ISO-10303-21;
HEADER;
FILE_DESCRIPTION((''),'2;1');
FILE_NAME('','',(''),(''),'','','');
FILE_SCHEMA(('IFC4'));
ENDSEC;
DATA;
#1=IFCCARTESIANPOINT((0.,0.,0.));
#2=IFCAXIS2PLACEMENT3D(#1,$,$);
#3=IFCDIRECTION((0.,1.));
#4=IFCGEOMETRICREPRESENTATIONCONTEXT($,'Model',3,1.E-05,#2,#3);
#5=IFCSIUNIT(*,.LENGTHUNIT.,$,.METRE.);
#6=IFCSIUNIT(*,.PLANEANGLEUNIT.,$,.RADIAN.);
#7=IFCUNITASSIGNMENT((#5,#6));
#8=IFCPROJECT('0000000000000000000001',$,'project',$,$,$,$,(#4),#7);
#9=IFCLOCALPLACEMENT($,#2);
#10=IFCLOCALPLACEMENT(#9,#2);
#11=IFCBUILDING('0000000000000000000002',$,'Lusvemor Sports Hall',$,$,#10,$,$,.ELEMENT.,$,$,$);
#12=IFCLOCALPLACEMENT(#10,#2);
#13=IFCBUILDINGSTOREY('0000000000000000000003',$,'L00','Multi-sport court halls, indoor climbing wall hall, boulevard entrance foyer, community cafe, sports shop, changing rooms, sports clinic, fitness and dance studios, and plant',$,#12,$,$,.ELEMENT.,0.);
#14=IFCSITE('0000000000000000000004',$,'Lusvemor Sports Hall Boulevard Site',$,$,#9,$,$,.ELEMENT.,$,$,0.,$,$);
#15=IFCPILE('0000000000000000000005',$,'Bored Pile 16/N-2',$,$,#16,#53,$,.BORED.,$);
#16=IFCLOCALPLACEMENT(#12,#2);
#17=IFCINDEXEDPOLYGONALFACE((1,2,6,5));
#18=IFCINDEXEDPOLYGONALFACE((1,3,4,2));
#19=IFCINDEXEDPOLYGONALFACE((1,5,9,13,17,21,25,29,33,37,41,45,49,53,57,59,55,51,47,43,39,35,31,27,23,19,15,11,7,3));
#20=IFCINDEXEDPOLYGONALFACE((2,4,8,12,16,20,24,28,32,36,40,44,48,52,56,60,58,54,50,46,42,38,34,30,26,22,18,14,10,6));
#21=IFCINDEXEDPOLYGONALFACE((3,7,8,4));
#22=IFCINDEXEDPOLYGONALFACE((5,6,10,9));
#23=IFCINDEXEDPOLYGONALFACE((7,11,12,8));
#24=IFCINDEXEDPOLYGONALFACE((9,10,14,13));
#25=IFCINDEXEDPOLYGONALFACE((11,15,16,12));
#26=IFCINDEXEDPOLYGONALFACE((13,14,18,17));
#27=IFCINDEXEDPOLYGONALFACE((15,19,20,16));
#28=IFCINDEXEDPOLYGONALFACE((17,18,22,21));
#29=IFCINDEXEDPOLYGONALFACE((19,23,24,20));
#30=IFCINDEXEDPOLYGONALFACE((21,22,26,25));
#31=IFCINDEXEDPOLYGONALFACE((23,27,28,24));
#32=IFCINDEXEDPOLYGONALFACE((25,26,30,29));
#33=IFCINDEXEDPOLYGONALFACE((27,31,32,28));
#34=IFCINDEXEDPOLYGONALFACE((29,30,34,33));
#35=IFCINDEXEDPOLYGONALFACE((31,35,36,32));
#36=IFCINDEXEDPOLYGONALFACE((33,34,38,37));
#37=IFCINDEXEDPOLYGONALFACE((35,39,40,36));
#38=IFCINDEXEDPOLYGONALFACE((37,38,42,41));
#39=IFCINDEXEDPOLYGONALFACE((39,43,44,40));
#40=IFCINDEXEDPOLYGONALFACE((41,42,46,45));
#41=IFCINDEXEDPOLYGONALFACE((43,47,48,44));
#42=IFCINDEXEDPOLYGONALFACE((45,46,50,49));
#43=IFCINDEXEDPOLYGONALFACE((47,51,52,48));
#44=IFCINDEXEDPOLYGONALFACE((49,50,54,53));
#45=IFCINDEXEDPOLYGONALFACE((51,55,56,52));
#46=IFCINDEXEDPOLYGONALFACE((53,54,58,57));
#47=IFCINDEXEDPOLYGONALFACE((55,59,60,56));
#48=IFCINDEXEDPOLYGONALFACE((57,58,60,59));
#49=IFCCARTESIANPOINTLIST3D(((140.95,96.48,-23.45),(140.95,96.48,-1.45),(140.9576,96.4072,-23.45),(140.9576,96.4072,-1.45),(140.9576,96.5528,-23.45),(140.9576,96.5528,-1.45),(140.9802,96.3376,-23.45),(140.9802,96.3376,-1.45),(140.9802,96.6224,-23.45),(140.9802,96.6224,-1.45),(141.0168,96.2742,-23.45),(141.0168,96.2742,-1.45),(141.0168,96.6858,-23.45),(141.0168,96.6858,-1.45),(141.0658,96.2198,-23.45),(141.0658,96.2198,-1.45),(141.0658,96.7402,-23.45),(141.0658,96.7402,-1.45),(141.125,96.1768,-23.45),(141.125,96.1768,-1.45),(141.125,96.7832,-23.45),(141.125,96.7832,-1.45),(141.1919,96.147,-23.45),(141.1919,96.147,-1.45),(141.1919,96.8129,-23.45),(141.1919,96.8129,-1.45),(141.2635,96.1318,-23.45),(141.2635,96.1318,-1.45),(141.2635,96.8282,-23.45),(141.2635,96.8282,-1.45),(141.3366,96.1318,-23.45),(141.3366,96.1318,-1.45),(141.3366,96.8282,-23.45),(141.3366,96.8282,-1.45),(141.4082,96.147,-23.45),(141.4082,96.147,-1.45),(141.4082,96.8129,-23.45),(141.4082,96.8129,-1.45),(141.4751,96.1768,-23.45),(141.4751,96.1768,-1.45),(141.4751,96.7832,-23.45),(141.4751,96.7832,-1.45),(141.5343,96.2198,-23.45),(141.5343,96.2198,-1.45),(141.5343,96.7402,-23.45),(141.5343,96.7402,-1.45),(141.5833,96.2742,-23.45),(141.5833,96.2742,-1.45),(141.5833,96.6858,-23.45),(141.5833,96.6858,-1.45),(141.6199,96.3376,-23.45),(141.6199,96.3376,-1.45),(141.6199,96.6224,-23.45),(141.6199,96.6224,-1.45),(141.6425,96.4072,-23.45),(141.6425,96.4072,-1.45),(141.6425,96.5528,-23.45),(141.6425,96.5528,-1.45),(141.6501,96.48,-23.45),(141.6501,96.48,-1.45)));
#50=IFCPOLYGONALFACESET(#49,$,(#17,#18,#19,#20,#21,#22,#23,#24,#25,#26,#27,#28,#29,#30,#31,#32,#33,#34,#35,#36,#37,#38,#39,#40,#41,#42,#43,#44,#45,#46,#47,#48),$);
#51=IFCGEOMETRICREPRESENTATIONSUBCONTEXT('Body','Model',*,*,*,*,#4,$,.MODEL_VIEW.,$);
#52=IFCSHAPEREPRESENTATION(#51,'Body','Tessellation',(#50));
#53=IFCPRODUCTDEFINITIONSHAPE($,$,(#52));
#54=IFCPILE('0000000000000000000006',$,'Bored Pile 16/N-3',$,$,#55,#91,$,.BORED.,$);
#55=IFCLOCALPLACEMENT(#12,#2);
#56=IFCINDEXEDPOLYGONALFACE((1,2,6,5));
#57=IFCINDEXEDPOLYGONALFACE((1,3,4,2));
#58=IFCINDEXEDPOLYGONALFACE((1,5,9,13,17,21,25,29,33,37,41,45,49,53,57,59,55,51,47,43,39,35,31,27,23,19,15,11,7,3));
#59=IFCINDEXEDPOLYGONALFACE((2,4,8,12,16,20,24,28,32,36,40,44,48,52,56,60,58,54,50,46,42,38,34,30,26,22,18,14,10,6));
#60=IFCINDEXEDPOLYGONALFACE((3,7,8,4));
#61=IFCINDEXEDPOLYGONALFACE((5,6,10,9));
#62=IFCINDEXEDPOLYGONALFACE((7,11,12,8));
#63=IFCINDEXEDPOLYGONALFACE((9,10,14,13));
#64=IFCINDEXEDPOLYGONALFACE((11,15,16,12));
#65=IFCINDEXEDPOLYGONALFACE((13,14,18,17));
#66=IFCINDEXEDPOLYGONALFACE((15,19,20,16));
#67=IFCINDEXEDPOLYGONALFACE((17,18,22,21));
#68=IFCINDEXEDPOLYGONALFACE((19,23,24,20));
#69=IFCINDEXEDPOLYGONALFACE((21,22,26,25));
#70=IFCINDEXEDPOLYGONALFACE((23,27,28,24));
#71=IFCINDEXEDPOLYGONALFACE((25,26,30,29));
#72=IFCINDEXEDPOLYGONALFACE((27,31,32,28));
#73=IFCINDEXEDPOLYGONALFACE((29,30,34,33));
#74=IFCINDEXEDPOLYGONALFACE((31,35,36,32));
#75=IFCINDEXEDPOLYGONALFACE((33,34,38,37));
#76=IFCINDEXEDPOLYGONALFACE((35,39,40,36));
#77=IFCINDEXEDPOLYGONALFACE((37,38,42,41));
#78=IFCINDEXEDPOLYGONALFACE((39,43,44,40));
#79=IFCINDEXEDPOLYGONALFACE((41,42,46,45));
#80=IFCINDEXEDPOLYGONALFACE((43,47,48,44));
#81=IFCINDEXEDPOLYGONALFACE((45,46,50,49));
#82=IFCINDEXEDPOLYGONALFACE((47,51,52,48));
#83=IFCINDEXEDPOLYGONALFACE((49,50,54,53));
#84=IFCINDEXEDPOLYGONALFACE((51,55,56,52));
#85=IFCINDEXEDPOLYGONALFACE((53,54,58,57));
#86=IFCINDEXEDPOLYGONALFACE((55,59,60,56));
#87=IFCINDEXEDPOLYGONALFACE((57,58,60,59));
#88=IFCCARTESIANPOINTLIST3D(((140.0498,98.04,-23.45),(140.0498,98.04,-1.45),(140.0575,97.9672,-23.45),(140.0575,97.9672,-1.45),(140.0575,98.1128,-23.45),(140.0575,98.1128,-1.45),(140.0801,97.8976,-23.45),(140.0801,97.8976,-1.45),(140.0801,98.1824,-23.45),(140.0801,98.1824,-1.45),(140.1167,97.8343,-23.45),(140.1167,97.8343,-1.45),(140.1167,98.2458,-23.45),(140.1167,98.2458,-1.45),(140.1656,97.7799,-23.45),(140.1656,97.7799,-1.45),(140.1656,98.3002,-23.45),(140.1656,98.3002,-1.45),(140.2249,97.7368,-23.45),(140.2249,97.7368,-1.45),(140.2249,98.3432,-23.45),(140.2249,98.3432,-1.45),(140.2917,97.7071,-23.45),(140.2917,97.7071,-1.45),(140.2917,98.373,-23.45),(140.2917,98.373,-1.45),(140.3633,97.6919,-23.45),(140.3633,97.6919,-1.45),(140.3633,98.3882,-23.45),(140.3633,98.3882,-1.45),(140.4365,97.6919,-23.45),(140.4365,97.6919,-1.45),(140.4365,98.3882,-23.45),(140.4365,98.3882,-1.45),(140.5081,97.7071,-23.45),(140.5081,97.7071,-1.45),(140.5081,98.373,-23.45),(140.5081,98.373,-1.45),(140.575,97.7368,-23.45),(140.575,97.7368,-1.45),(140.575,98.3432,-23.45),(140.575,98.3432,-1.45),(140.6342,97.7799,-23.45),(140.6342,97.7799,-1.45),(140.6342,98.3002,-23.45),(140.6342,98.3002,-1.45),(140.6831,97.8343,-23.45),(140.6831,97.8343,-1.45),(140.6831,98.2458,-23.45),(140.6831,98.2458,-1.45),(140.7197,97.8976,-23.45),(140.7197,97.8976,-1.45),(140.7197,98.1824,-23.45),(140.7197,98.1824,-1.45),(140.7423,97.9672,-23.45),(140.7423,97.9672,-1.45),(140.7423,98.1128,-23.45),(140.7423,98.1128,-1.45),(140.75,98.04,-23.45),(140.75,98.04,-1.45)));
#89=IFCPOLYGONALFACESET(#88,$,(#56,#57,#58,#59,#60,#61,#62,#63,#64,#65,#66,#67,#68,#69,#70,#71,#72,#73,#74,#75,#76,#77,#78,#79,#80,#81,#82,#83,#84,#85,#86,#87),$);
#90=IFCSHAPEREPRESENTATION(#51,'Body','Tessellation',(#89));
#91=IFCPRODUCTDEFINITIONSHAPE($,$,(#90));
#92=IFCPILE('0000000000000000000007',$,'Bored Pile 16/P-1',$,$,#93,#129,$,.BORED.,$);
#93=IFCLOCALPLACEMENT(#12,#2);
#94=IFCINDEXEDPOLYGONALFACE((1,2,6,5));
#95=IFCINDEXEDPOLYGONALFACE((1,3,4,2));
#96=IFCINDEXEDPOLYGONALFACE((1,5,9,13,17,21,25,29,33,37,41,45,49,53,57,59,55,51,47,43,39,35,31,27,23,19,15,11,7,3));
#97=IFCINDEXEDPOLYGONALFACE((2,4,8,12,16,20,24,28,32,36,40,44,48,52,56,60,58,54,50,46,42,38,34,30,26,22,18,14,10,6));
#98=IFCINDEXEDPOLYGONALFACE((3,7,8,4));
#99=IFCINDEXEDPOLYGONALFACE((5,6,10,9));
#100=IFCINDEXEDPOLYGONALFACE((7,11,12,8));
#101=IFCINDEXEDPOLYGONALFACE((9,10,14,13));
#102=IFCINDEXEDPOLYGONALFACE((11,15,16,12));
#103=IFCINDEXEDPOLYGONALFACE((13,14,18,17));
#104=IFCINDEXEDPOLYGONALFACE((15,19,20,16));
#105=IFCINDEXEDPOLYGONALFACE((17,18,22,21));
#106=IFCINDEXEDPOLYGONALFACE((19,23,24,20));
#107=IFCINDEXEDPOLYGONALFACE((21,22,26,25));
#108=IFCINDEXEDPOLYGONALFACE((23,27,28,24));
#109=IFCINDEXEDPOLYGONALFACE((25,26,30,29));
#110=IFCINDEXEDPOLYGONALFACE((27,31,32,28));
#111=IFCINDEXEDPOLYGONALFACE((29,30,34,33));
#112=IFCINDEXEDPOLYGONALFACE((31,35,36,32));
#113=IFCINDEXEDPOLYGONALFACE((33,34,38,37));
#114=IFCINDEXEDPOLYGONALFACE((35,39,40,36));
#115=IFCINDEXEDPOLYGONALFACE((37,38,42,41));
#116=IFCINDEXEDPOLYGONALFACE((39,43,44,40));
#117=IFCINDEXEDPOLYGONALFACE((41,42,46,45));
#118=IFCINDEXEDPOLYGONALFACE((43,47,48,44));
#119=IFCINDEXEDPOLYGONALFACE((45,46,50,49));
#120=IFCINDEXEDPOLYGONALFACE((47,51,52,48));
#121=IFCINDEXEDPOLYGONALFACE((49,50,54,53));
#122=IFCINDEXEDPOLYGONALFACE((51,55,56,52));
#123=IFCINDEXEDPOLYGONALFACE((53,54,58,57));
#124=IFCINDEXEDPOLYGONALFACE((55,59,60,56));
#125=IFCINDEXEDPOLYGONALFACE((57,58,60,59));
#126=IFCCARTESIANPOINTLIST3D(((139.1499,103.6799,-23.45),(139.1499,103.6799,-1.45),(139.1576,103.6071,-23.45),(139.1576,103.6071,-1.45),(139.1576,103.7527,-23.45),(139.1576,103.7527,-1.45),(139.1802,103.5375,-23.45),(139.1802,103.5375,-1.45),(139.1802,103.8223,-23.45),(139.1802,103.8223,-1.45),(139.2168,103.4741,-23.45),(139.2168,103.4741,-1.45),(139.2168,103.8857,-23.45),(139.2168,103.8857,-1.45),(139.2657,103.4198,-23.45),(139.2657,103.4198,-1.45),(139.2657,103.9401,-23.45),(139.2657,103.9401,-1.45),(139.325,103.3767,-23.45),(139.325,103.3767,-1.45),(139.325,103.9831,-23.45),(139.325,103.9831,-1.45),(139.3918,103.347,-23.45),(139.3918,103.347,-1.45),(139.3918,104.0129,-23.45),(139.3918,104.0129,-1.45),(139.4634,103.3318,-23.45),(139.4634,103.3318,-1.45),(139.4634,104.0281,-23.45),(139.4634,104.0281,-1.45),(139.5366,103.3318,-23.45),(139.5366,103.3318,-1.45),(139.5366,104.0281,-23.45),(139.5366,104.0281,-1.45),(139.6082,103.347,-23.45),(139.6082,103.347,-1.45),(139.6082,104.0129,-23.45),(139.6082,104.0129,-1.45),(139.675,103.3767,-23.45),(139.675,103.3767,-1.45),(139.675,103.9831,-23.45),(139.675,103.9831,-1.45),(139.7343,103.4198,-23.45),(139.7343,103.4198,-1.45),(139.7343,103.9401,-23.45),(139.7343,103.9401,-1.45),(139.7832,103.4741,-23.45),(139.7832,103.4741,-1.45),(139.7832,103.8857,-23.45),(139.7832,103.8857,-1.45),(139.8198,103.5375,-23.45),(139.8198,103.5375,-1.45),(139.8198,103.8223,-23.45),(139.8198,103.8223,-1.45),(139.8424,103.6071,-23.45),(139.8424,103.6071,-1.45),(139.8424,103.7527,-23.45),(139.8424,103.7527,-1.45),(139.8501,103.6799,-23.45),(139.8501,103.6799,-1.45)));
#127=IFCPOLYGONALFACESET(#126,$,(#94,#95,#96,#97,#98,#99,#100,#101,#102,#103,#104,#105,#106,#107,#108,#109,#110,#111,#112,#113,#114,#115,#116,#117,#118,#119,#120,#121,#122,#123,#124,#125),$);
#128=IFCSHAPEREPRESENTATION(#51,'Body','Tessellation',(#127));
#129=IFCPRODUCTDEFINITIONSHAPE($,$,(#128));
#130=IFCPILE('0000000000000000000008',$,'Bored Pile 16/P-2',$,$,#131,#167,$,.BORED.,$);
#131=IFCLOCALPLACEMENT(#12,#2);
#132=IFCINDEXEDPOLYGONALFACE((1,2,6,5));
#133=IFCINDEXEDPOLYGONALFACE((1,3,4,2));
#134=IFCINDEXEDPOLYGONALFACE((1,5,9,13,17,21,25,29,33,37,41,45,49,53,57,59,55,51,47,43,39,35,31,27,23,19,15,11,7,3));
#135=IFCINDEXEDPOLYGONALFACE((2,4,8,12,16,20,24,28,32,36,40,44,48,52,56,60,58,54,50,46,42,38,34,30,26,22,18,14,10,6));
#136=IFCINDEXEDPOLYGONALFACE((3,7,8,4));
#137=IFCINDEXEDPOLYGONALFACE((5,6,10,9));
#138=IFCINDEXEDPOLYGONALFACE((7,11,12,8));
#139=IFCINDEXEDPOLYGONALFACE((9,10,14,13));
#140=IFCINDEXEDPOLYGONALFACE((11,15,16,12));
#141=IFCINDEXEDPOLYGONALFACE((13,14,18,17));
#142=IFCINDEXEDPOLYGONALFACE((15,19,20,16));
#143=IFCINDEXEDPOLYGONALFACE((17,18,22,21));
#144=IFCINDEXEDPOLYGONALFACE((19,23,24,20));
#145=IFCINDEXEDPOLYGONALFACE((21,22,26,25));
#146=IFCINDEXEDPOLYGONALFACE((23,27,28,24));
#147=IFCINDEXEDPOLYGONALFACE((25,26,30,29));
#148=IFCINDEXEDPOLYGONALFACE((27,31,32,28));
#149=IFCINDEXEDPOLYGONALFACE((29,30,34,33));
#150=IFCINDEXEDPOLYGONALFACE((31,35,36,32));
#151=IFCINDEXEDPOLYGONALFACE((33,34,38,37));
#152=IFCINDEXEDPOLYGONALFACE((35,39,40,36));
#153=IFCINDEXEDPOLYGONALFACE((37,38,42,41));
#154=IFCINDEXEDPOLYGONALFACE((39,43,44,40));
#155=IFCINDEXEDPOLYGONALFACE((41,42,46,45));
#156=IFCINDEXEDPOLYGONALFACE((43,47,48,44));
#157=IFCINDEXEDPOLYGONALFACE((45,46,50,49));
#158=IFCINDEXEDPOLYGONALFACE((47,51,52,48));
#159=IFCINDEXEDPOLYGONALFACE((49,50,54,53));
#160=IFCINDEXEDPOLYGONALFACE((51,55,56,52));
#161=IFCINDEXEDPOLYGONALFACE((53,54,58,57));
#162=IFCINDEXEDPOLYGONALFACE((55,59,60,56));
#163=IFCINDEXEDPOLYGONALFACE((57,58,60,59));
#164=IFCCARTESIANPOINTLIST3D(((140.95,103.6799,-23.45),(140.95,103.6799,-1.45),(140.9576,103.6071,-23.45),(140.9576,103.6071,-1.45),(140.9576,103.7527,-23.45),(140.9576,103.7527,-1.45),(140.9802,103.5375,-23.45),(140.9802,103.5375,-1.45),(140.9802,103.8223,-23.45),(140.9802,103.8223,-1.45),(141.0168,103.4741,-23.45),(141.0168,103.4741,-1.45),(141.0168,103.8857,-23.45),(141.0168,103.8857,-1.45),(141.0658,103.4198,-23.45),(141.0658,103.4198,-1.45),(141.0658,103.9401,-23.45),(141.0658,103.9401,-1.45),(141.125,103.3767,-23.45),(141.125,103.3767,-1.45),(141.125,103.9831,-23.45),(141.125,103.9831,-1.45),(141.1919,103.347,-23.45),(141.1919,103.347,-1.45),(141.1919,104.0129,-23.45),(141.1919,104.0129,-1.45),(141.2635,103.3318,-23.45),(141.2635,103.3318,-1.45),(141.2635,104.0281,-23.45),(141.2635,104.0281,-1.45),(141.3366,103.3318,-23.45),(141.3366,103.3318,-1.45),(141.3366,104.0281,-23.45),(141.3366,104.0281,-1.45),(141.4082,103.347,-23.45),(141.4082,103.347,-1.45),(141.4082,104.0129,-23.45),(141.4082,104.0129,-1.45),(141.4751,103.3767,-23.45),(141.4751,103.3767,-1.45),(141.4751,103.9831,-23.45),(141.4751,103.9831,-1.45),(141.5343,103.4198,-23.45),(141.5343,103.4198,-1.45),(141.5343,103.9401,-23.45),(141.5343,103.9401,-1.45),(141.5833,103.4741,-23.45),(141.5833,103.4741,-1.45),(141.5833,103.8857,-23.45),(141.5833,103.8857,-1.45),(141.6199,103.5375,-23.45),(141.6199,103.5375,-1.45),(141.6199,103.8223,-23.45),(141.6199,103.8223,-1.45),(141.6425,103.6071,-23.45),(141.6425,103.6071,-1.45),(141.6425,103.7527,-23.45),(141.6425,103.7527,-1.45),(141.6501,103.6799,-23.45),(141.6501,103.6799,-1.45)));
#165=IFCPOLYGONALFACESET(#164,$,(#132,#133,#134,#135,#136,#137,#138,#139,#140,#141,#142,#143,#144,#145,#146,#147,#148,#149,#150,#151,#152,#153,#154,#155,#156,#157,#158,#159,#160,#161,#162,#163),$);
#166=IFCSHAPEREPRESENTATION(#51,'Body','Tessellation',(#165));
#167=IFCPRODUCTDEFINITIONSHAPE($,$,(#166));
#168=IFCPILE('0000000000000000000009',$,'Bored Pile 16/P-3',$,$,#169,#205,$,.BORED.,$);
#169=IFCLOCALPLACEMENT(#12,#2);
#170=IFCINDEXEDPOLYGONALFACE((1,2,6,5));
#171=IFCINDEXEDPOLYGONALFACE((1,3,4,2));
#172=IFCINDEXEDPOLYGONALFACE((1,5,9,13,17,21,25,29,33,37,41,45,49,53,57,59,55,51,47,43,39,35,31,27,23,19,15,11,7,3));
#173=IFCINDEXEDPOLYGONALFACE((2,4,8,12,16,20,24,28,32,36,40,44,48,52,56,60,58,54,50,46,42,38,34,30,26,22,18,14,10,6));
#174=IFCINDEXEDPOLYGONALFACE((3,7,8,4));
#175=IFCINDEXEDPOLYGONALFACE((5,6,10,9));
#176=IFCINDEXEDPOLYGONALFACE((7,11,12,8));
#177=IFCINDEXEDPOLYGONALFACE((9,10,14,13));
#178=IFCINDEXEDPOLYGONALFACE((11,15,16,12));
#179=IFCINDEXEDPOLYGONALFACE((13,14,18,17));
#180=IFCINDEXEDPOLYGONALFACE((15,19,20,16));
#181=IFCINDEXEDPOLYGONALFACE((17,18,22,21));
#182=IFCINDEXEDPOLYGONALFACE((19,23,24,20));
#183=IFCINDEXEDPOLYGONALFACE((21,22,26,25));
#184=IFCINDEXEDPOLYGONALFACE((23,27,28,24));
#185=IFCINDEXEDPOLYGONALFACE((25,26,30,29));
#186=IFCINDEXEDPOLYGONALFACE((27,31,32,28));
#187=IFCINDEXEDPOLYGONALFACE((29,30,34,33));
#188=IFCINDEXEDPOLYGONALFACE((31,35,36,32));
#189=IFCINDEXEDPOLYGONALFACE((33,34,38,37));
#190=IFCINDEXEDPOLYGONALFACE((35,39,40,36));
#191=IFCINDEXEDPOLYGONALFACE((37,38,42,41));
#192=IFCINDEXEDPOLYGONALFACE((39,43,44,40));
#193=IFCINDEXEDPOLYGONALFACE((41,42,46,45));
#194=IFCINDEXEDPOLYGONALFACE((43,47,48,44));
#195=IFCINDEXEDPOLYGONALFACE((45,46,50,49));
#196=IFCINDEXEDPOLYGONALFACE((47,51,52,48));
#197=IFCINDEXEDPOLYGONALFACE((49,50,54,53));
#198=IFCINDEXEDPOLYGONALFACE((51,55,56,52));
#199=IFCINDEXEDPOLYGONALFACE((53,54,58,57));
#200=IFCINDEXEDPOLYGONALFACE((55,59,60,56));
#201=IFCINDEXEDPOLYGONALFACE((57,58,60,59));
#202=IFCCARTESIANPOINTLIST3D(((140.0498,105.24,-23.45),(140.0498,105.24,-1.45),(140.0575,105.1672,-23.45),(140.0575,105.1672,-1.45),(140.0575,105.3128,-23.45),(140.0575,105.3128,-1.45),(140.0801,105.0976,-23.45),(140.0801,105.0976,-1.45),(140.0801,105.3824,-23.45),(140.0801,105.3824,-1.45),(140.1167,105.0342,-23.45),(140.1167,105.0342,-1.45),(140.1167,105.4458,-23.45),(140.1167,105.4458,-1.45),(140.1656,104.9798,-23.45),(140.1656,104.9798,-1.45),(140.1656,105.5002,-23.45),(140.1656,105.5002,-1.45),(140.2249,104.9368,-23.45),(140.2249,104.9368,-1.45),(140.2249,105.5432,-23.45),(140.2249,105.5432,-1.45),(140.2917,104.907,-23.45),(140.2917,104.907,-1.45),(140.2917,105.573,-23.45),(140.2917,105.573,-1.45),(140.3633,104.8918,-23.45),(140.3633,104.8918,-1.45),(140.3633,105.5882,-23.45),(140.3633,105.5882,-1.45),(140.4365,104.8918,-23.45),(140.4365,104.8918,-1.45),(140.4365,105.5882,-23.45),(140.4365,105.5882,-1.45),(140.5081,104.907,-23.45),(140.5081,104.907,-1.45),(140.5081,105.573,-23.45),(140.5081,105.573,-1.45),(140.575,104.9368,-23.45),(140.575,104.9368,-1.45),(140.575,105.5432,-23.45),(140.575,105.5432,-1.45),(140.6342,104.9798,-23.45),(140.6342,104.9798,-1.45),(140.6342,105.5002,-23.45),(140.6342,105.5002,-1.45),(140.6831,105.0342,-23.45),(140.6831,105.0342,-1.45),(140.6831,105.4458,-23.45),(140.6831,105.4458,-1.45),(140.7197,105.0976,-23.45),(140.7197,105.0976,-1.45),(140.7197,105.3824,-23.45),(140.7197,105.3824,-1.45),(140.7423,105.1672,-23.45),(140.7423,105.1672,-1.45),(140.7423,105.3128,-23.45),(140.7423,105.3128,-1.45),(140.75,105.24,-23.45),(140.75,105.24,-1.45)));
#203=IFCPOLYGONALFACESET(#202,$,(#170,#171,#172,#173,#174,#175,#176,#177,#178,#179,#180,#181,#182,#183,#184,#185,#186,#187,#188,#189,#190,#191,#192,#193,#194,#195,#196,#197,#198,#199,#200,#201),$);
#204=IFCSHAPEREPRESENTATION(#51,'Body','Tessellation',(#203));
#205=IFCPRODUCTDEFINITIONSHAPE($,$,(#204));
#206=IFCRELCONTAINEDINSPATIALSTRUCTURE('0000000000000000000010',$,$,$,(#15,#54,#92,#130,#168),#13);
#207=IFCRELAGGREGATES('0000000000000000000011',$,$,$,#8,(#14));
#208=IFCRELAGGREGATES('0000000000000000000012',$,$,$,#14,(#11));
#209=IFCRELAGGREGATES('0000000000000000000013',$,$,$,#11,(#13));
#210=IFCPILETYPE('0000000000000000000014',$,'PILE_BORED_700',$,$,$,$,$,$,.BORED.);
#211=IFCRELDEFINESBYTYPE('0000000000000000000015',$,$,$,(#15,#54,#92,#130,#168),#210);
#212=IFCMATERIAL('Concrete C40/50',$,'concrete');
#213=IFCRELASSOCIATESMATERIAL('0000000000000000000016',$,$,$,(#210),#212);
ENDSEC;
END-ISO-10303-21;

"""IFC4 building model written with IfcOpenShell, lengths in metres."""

from ifc_helpers import new_model, si_unit, direction, frame, origin, origin_2d, place, context, subcontext, project, spatial, circle, extrude, material, material_profile, profile_set, type_object, element, save


model = new_model("IFC4")

# Units and contexts
model_context = context("Model", 3, precision=1e-05, world=origin(), true_north=direction((0.0, 1.0)))
body_context = subcontext(model_context, "Body", "Model", "MODEL_VIEW")
ifc_project = project(units=[si_unit("LENGTHUNIT", "METRE"), si_unit("PLANEANGLEUNIT", "RADIAN")], contexts=[model_context])

# Site, building, storey
site_placement = place(None, origin())
site = spatial("IfcSite", under=ifc_project, at=site_placement, Name="Lusvemor Sports Hall Boulevard Site", CompositionType="ELEMENT", RefElevation=0.0)
building_placement = place(site_placement, origin())
building = spatial("IfcBuilding", under=site, at=building_placement, Name="Lusvemor Sports Hall", CompositionType="ELEMENT")
storey_placement = place(building_placement, origin())
storey = spatial("IfcBuildingStorey", under=building, at=storey_placement, Name="L00", Description="Multi-sport court halls, indoor climbing wall hall, boulevard entrance foyer, community cafe, sports shop, changing rooms, sports clinic, fitness and dance studios, and plant", CompositionType="ELEMENT", Elevation=0.0)

# Piles
ifc_material_1 = material(Name="Concrete C40/50", Category="concrete")
ifc_material_profile_1 = material_profile(ifc_material_1, circle(Radius=0.3501, at=origin_2d()), Name="PILE700")
ifc_profile_set_1 = profile_set([ifc_material_profile_1], Name="Concrete C40/50")
pile_type = type_object("IfcPileType", Name="PILE_BORED_700", PredefinedType="BORED", material=ifc_profile_set_1)
for number, where, z_axis, x_axis, name in (
    (1, (141.3, 96.48, -1.45), (0.0, 0.0, -1.0), (1.0, 0.0, 0.0), "Bored Pile 16/N-2"),
    (2, (140.3999, 98.04, -1.45), (0.0, 0.0, -1.0), (1.0, 0.0, 0.0), "Bored Pile 16/N-3"),
    (3, (139.5, 103.6799, -1.45), (0.0, 0.0, -1.0), (1.0, 0.0, 0.0), "Bored Pile 16/P-1"),
    (4, (141.3, 103.6799, -1.45), (0.0, 0.0, -1.0), (1.0, 0.0, 0.0), "Bored Pile 16/P-2"),
    (5, (140.3999, 105.24, -1.45), (0.0, 0.0, -1.0), (1.0, 0.0, 0.0), "Bored Pile 16/P-3"),
):
    element("IfcPile", number, at=place(storey_placement, frame(where, z_axis=z_axis, x_axis=x_axis)), inside=storey, type_object=pile_type, Name=name, PredefinedType="BORED", context=body_context, shape_type="SweptSolid", body=[
        extrude(circle(Radius=0.3501, at=origin_2d()), origin(), (0.0, 0.0, 1.0), 22.0),
    ])

save(model, "model.ifc")
